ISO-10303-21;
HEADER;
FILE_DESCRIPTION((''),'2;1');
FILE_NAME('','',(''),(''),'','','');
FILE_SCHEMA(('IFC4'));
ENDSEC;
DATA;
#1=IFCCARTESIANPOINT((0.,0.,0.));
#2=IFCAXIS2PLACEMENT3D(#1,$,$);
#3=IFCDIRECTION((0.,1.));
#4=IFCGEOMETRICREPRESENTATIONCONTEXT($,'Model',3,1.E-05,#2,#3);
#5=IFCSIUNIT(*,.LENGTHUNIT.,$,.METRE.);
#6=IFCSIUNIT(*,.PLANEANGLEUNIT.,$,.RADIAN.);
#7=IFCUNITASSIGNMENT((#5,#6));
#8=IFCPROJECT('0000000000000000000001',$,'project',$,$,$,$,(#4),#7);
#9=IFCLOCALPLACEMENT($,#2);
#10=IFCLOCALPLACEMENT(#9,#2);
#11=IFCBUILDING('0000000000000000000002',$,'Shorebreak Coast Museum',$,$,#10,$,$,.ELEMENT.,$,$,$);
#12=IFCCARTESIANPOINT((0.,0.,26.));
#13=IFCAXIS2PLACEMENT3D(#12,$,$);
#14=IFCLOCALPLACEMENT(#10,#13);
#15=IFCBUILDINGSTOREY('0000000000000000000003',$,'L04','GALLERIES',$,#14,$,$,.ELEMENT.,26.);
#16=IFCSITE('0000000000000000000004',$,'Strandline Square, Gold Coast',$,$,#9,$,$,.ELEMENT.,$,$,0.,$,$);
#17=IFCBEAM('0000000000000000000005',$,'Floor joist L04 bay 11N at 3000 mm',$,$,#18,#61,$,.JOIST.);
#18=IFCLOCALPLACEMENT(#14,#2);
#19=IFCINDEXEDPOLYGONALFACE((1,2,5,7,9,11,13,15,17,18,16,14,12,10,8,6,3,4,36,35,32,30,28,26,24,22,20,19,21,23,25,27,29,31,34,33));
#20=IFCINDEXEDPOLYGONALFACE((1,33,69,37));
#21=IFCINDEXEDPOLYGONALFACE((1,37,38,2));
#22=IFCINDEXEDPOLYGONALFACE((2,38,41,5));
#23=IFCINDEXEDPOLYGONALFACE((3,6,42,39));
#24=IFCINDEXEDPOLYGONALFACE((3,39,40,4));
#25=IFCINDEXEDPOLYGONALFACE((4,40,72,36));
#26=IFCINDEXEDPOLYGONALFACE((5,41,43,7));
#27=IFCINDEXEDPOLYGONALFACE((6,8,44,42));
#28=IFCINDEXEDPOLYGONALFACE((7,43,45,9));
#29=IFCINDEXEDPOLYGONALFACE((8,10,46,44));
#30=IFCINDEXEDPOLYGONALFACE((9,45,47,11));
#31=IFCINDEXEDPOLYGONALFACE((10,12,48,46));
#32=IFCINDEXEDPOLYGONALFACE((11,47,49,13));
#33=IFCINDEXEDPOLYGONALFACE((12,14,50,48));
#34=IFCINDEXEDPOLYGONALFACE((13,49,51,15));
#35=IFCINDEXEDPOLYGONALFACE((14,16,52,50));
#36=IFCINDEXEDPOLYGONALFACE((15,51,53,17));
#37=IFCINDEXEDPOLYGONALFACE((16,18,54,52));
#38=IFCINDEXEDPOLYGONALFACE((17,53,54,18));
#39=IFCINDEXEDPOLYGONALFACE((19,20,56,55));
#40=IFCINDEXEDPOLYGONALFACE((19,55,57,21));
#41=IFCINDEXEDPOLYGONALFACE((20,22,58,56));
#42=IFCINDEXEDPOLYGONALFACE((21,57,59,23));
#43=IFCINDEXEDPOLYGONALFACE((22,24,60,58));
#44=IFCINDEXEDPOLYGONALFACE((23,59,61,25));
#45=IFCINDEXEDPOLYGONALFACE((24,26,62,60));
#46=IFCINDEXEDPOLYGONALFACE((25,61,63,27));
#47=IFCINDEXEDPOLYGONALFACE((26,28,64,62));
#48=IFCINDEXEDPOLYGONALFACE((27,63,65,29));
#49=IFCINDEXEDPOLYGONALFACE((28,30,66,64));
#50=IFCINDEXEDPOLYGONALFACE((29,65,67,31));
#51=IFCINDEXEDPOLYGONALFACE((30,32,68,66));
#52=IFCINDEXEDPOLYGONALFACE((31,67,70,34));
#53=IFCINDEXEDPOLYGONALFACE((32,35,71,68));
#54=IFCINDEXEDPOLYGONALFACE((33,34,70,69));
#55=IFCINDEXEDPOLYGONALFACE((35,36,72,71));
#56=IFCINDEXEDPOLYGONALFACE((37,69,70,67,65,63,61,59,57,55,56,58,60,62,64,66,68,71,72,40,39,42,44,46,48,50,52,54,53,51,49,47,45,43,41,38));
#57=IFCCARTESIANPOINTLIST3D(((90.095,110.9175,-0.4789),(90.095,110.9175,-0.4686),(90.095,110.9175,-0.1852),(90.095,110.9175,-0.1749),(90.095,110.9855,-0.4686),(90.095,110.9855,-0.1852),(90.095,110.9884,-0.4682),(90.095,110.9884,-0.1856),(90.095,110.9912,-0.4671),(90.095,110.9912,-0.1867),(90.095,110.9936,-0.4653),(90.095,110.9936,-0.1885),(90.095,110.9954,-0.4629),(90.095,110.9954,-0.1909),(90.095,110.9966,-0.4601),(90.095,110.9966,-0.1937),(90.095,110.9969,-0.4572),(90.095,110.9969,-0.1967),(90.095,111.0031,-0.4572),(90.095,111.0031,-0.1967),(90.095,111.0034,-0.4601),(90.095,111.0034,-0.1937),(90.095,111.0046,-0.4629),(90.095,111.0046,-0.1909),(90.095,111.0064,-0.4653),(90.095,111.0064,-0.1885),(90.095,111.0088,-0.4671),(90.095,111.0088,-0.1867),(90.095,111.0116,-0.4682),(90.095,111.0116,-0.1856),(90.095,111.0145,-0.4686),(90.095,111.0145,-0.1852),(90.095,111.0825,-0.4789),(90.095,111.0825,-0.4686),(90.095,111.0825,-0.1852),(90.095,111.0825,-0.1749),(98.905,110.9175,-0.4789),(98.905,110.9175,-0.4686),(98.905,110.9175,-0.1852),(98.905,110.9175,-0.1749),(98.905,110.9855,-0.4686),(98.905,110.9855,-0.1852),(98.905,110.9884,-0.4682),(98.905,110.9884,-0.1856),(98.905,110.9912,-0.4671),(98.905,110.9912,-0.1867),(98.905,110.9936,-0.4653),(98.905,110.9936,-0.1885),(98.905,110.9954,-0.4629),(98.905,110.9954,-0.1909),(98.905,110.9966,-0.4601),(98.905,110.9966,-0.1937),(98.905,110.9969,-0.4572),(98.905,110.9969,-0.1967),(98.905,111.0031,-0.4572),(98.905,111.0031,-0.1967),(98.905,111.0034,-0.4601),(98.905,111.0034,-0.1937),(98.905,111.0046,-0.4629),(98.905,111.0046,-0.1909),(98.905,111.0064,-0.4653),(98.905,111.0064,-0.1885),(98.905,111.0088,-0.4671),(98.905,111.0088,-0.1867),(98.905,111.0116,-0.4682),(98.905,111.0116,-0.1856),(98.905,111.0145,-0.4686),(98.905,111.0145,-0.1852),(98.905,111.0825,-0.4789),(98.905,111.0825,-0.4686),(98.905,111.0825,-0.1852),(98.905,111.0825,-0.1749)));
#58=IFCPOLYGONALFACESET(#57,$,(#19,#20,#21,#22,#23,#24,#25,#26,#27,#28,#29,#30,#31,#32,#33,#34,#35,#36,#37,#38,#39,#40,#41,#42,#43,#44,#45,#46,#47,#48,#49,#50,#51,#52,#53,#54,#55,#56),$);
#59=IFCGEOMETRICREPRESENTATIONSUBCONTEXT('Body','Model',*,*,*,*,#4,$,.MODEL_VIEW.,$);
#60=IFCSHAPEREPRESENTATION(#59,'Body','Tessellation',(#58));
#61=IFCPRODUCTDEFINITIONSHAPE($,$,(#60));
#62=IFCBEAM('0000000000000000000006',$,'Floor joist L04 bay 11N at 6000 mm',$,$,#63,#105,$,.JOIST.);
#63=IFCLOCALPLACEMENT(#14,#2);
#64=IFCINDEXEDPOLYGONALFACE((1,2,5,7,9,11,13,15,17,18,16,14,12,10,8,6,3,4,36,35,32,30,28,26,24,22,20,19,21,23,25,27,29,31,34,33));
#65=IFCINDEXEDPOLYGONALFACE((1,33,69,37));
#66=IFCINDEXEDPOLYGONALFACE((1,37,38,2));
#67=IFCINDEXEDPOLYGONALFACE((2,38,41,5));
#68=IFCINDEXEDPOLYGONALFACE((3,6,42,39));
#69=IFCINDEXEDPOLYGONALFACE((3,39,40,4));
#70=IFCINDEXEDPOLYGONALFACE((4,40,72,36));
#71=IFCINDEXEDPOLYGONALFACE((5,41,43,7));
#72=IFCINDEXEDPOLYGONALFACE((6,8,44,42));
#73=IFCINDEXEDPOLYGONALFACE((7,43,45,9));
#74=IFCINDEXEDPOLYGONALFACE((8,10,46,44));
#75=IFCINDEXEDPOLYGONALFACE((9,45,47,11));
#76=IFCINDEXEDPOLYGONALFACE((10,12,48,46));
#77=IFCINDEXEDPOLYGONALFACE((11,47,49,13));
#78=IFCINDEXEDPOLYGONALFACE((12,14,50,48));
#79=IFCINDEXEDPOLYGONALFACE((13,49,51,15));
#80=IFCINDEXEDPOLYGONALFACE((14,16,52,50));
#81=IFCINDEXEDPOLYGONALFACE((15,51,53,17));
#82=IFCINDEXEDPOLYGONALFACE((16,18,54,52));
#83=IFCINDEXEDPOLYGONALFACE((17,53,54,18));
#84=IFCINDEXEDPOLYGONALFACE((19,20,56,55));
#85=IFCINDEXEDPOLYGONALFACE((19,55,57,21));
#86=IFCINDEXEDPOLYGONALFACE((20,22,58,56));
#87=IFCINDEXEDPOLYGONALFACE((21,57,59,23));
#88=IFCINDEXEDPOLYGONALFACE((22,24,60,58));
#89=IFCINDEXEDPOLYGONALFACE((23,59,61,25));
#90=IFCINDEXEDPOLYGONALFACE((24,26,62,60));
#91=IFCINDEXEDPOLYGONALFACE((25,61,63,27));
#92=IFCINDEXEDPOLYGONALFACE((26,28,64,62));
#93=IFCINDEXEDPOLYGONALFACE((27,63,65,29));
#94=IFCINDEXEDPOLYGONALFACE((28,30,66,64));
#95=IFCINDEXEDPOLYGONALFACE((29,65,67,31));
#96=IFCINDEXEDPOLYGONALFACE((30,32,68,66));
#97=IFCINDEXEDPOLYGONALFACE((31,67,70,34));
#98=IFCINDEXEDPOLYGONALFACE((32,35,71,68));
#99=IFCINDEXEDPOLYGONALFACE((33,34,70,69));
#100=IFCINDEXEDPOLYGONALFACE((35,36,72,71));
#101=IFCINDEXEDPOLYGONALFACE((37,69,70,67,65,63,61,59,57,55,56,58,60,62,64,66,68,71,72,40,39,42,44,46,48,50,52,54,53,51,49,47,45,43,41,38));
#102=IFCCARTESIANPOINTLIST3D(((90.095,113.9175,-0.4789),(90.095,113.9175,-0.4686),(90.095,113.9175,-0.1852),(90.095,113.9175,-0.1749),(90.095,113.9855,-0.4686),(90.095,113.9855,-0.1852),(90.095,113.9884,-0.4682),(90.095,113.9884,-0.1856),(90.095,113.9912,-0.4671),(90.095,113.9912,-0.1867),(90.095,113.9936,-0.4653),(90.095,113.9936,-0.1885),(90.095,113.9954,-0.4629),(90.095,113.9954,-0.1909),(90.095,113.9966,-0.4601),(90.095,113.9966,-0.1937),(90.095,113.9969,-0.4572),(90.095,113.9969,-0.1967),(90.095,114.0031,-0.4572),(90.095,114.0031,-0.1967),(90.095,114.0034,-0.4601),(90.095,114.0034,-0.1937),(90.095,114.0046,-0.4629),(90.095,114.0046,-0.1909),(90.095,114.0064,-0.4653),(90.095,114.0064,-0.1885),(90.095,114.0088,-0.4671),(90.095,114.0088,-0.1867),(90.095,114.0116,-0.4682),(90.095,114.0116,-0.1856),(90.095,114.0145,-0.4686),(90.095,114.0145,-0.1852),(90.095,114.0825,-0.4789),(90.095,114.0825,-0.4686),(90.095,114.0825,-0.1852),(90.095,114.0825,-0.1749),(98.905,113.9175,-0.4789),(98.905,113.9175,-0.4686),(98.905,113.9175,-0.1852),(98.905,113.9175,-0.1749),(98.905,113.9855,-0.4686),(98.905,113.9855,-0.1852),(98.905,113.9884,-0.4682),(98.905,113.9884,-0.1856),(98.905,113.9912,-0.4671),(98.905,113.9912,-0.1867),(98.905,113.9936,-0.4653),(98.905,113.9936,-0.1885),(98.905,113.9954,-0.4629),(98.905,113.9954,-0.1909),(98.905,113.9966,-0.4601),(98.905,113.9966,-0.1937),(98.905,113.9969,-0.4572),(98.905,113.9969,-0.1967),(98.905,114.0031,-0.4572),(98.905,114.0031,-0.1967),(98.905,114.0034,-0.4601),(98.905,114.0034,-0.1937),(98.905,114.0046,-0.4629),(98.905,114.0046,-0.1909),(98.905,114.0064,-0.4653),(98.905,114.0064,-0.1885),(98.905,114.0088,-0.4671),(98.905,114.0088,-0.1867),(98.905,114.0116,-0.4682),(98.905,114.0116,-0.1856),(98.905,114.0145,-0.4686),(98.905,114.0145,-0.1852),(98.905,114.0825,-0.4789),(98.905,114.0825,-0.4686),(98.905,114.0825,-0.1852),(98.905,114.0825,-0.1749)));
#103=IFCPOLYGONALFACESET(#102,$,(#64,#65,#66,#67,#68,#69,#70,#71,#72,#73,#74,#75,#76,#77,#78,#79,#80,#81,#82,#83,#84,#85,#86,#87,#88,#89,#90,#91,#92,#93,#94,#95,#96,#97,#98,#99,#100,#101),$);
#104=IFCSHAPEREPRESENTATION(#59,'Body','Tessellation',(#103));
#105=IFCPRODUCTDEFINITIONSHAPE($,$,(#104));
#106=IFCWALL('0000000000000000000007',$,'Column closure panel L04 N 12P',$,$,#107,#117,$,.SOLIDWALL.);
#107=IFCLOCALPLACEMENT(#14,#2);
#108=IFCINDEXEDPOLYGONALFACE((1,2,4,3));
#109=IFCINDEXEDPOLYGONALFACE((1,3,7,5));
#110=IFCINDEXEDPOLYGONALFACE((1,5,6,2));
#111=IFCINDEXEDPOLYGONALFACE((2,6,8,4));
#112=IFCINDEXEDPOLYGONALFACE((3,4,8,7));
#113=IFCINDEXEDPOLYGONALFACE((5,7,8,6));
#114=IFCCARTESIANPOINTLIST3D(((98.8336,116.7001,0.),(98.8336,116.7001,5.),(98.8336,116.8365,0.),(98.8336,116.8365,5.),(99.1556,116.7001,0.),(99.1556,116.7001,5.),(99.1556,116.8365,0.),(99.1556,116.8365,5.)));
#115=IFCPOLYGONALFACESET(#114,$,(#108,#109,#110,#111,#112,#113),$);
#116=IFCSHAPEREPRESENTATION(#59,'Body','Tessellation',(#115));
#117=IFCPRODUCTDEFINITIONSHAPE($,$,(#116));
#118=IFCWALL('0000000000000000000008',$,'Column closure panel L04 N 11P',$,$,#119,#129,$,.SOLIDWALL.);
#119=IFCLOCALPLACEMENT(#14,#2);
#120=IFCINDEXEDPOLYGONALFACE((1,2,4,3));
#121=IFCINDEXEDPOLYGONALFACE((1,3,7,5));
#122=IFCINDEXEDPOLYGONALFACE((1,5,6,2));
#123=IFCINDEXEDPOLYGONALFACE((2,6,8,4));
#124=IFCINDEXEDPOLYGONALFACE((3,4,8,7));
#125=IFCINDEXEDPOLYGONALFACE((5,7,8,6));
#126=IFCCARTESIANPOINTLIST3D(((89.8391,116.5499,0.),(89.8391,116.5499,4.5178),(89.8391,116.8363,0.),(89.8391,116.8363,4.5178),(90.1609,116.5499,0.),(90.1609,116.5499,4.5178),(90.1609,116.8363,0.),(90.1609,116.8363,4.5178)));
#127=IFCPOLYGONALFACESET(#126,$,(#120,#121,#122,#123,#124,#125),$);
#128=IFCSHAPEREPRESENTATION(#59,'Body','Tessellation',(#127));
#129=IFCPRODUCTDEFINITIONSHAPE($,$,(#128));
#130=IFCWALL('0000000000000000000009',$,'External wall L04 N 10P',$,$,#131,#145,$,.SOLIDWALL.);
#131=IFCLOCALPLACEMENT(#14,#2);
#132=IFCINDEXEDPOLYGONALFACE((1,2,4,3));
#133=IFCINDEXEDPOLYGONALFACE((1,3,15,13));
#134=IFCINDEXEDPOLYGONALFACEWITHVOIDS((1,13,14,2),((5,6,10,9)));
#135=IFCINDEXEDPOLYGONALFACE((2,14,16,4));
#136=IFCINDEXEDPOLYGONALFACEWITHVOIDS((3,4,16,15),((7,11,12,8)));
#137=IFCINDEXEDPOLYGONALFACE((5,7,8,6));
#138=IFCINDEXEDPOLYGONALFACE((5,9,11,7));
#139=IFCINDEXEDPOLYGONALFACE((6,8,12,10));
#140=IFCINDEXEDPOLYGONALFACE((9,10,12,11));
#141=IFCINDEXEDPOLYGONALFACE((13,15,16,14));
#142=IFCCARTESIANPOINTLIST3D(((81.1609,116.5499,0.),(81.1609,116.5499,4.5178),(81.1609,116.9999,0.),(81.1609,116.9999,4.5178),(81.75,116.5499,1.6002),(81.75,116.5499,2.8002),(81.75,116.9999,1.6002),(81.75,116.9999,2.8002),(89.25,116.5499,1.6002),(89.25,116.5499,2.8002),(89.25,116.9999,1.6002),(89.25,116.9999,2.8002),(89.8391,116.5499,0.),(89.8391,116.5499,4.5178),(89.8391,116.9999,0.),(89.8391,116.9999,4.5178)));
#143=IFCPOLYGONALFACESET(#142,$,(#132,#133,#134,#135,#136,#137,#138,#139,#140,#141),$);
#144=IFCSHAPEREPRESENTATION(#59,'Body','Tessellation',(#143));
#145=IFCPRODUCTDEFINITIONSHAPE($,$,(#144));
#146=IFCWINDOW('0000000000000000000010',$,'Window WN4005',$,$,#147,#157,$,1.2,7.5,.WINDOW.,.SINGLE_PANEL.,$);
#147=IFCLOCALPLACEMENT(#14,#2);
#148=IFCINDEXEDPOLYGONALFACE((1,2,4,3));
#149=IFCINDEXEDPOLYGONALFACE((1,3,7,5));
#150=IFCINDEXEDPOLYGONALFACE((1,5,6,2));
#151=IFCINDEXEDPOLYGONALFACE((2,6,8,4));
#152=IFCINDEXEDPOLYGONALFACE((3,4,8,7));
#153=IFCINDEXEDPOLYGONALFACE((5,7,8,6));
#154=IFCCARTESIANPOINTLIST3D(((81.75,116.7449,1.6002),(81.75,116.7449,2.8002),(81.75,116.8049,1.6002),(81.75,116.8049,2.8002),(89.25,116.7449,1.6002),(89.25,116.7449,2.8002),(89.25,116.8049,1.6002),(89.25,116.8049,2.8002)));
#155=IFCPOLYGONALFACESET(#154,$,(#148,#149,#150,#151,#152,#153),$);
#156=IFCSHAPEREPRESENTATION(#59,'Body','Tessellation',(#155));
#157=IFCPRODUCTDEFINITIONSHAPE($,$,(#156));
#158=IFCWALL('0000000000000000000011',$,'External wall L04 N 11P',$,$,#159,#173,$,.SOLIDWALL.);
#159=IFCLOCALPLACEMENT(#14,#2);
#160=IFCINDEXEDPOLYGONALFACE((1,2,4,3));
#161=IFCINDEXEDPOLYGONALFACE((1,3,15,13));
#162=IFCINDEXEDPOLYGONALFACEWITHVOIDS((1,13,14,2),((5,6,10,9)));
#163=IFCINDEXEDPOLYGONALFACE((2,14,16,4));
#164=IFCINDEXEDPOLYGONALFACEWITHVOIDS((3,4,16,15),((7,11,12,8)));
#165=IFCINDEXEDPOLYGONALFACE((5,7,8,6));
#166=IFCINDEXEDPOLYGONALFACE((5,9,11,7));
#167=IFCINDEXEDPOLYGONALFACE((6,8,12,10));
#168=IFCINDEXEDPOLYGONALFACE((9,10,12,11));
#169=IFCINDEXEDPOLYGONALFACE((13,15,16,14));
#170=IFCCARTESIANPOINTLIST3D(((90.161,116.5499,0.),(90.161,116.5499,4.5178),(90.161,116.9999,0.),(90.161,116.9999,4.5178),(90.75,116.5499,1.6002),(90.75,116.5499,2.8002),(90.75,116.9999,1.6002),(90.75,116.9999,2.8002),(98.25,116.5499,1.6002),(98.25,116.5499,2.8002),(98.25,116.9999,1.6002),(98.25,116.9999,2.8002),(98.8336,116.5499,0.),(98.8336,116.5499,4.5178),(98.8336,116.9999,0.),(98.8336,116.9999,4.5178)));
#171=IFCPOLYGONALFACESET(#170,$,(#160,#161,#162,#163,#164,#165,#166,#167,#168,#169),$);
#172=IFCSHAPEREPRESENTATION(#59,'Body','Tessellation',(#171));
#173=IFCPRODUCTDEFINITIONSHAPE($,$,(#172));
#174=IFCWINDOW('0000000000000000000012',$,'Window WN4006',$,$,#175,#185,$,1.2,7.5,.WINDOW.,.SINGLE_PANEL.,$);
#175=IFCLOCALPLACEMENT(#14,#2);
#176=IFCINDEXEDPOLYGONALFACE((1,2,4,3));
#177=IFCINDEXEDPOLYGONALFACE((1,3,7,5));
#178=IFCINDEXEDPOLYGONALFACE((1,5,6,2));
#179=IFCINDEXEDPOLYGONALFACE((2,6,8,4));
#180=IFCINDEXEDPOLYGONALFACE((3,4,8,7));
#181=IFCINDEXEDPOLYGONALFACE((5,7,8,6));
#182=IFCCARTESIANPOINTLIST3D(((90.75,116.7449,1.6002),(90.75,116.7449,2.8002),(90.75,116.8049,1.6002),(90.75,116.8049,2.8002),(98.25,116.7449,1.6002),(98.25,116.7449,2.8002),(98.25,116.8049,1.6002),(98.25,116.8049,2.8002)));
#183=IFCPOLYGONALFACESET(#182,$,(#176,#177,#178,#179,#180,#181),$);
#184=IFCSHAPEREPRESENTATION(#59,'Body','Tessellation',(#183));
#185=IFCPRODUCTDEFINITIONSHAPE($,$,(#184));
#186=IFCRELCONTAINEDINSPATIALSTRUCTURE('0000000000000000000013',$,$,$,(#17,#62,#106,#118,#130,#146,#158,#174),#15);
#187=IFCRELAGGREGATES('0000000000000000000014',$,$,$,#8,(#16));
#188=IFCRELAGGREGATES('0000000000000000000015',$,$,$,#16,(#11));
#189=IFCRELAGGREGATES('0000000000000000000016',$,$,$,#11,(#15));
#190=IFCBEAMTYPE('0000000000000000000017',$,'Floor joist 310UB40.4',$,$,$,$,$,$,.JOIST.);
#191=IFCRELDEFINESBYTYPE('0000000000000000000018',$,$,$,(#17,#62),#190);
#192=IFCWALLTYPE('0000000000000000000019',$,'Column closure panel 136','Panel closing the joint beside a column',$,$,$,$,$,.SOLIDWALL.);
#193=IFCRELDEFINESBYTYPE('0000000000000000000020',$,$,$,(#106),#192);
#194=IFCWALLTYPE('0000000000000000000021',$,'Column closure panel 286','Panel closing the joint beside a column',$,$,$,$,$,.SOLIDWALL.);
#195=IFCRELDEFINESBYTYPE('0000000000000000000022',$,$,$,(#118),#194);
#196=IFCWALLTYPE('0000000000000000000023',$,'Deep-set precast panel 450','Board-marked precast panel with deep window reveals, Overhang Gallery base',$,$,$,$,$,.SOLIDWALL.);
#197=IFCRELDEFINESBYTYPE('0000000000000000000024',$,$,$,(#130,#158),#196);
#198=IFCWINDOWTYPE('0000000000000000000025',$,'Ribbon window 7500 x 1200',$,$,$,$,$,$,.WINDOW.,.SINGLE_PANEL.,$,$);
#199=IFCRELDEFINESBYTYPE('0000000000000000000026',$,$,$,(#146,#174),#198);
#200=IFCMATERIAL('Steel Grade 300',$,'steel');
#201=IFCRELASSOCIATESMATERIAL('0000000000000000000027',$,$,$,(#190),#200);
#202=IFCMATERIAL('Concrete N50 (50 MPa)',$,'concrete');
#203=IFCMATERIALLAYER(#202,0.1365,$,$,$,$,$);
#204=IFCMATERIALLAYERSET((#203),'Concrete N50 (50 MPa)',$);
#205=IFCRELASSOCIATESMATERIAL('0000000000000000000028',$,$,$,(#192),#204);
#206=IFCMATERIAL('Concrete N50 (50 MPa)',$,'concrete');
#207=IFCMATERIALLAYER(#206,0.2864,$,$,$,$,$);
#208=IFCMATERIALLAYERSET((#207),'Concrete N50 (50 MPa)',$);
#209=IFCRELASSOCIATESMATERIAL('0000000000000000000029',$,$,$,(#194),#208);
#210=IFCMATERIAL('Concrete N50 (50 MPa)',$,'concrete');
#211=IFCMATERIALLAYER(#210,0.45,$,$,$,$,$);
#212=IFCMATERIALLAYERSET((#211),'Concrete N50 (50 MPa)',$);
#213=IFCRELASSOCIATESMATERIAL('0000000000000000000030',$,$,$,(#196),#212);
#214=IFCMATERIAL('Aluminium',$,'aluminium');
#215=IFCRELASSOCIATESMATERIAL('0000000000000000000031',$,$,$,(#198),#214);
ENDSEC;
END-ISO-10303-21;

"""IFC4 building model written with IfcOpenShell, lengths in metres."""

from ifc_helpers import new_model, si_unit, direction, frame, frame_2d, origin, origin_2d, place, context, subcontext, project, spatial, rectangle, i_section, extrude, material, layer, layer_set, material_profile, profile_set, type_object, element, fill, save


model = new_model("IFC4")

# Units and contexts
model_context = context("Model", 3, precision=1e-05, world=origin(), true_north=direction((0.0, 1.0)))
body_context = subcontext(model_context, "Body", "Model", "MODEL_VIEW")
ifc_project = project(units=[si_unit("LENGTHUNIT", "METRE"), si_unit("PLANEANGLEUNIT", "RADIAN")], contexts=[model_context])

# Site, building, storey
site_placement = place(None, origin())
site = spatial("IfcSite", under=ifc_project, at=site_placement, Name="Strandline Square, Gold Coast", CompositionType="ELEMENT", RefElevation=0.0)
building_placement = place(site_placement, origin())
building = spatial("IfcBuilding", under=site, at=building_placement, Name="Shorebreak Coast Museum", CompositionType="ELEMENT")
storey_placement = place(building_placement, frame((0.0, 0.0, 26.0)))
storey = spatial("IfcBuildingStorey", under=building, at=storey_placement, Name="L04", Description="GALLERIES", CompositionType="ELEMENT", Elevation=26.0)

# Beams
ifc_material_1 = material(Name="Steel Grade 300", Category="steel")
ifc_material_profile_1 = material_profile(ifc_material_1, i_section(OverallWidth=0.165, OverallDepth=0.304, WebThickness=0.0061, FlangeThickness=0.0103, FilletRadius=0.0115, at=origin_2d()), Name="310UB40.4")
ifc_profile_set_1 = profile_set([ifc_material_profile_1], Name="Steel Grade 300")
beam_type_1 = type_object("IfcBeamType", Name="Floor joist 310UB40.4", PredefinedType="JOIST", material=ifc_profile_set_1)
for number, where, z_axis, x_axis, name in (
    (1, (90.095, 111.0, -0.3269), (1.0, 0.0, 0.0), (0.0, 1.0, 0.0), "Floor joist L04 bay 11N at 3000 mm"),
    (2, (90.095, 114.0, -0.3269), (1.0, 0.0, 0.0), (0.0, 1.0, 0.0), "Floor joist L04 bay 11N at 6000 mm"),
):
    element("IfcBeam", number, at=place(storey_placement, frame(where, z_axis=z_axis, x_axis=x_axis)), inside=storey, type_object=beam_type_1, Name=name, PredefinedType="JOIST", context=body_context, shape_type="SweptSolid", body=[
        extrude(i_section(OverallWidth=0.165, OverallDepth=0.304, WebThickness=0.0061, FlangeThickness=0.0103, FilletRadius=0.0115, at=origin_2d()), origin(), (0.0, 0.0, 1.0), 8.8101),
    ])

# Walls
ifc_material_2 = material(Name="Concrete N50 (50 MPa)", Category="concrete")
ifc_layer_1 = layer(ifc_material_2, 0.1365)
ifc_layer_set_1 = layer_set([ifc_layer_1], Name="Concrete N50 (50 MPa)")
wall_type_1 = type_object("IfcWallType", Name="Column closure panel 136", Description="Panel closing the joint beside a column", PredefinedType="SOLIDWALL", material=ifc_layer_set_1)
wall_1_placement = place(storey_placement, frame((98.8335, 116.7683, 0.0), z_axis=(0.0, 0.0, 1.0), x_axis=(1.0, 0.0, 0.0)))
element("IfcWall", 3, at=wall_1_placement, inside=storey, type_object=wall_type_1, Name="Column closure panel L04 N 12P", PredefinedType="SOLIDWALL", context=body_context, shape_type="SweptSolid", body=[
    extrude(rectangle(XDim=0.322, YDim=0.1365, at=frame_2d((0.1611, 0.0))), origin(), (0.0, 0.0, 1.0), 5.0),
])
ifc_material_3 = material(Name="Concrete N50 (50 MPa)", Category="concrete")
ifc_layer_2 = layer(ifc_material_3, 0.2864)
ifc_layer_set_2 = layer_set([ifc_layer_2], Name="Concrete N50 (50 MPa)")
wall_type_2 = type_object("IfcWallType", Name="Column closure panel 286", Description="Panel closing the joint beside a column", PredefinedType="SOLIDWALL", material=ifc_layer_set_2)
wall_2_placement = place(storey_placement, frame((89.8391, 116.6931, 0.0), z_axis=(0.0, 0.0, 1.0), x_axis=(1.0, 0.0, 0.0)))
element("IfcWall", 4, at=wall_2_placement, inside=storey, type_object=wall_type_2, Name="Column closure panel L04 N 11P", PredefinedType="SOLIDWALL", context=body_context, shape_type="SweptSolid", body=[
    extrude(rectangle(XDim=0.3218, YDim=0.2864, at=frame_2d((0.1609, 0.0))), origin(), (0.0, 0.0, 1.0), 4.5178),
])

# Walls, openings, windows
ifc_material_4 = material(Name="Concrete N50 (50 MPa)", Category="concrete")
ifc_layer_3 = layer(ifc_material_4, 0.45)
ifc_layer_set_3 = layer_set([ifc_layer_3], Name="Concrete N50 (50 MPa)")
wall_type_3 = type_object("IfcWallType", Name="Deep-set precast panel 450", Description="Board-marked precast panel with deep window reveals, Overhang Gallery base", PredefinedType="SOLIDWALL", material=ifc_layer_set_3)
wall_3_placement = place(storey_placement, frame((81.1609, 116.7749, 0.0), z_axis=(0.0, 0.0, 1.0), x_axis=(1.0, 0.0, 0.0)))
wall_3 = element("IfcWall", 5, at=wall_3_placement, inside=storey, type_object=wall_type_3, Name="External wall L04 N 10P", PredefinedType="SOLIDWALL", context=body_context, shape_type="SweptSolid", body=[
    extrude(rectangle(XDim=8.6782, YDim=0.45, at=frame_2d((4.3391, 0.0))), origin(), (0.0, 0.0, 1.0), 4.5178),
])
opening_1_placement = place(wall_3_placement, frame((0.5891, 0.0, 1.6001)))
opening_1 = element("IfcOpeningElement", 6, at=opening_1_placement, cuts=wall_3, PredefinedType="OPENING", context=body_context, shape_type="SweptSolid", body=[
    extrude(rectangle(XDim=7.5, YDim=1.2, at=frame_2d((3.75, 0.6001))), frame((0.0, 0.2349, 0.0), z_axis=(0.0, -1.0, 0.0), x_axis=(1.0, 0.0, 0.0)), (0.0, 0.0, 1.0), 0.47),
])
ifc_material_5 = material(Name="Aluminium", Category="aluminium")
window_type = type_object("IfcWindowType", Name="Ribbon window 7500 x 1200", PartitioningType="SINGLE_PANEL", PredefinedType="WINDOW", material=ifc_material_5)
window_1_placement = place(opening_1_placement, origin())
window_1 = element("IfcWindow", 7, at=window_1_placement, inside=storey, type_object=window_type, Name="Window WN4005", OverallHeight=1.2, OverallWidth=7.5, PartitioningType="SINGLE_PANEL", PredefinedType="WINDOW", context=body_context, shape_type="SweptSolid", body=[
    extrude(rectangle(XDim=7.5, YDim=1.2, at=frame_2d((3.75, 0.6001))), frame((0.0, 0.03, 0.0), z_axis=(0.0, -1.0, 0.0), x_axis=(1.0, 0.0, 0.0)), (0.0, 0.0, 1.0), 0.0601),
])
fill(opening_1, window_1)
wall_4_placement = place(storey_placement, frame((90.1609, 116.7749, 0.0), z_axis=(0.0, 0.0, 1.0), x_axis=(1.0, 0.0, 0.0)))
wall_4 = element("IfcWall", 8, at=wall_4_placement, inside=storey, type_object=wall_type_3, Name="External wall L04 N 11P", PredefinedType="SOLIDWALL", context=body_context, shape_type="SweptSolid", body=[
    extrude(rectangle(XDim=8.6726, YDim=0.45, at=frame_2d((4.3364, 0.0))), origin(), (0.0, 0.0, 1.0), 4.5178),
])
opening_2_placement = place(wall_4_placement, frame((0.5891, 0.0, 1.6001)))
opening_2 = element("IfcOpeningElement", 9, at=opening_2_placement, cuts=wall_4, PredefinedType="OPENING", context=body_context, shape_type="SweptSolid", body=[
    extrude(rectangle(XDim=7.5, YDim=1.2, at=frame_2d((3.75, 0.6001))), frame((0.0, 0.2349, 0.0), z_axis=(0.0, -1.0, 0.0), x_axis=(1.0, 0.0, 0.0)), (0.0, 0.0, 1.0), 0.47),
])
window_2_placement = place(opening_2_placement, origin())
window_2 = element("IfcWindow", 10, at=window_2_placement, inside=storey, type_object=window_type, Name="Window WN4006", OverallHeight=1.2, OverallWidth=7.5, PartitioningType="SINGLE_PANEL", PredefinedType="WINDOW", context=body_context, shape_type="SweptSolid", body=[
    extrude(rectangle(XDim=7.5, YDim=1.2, at=frame_2d((3.75, 0.6001))), frame((0.0, 0.03, 0.0), z_axis=(0.0, -1.0, 0.0), x_axis=(1.0, 0.0, 0.0)), (0.0, 0.0, 1.0), 0.0601),
])
fill(opening_2, window_2)

save(model, "model.ifc")
